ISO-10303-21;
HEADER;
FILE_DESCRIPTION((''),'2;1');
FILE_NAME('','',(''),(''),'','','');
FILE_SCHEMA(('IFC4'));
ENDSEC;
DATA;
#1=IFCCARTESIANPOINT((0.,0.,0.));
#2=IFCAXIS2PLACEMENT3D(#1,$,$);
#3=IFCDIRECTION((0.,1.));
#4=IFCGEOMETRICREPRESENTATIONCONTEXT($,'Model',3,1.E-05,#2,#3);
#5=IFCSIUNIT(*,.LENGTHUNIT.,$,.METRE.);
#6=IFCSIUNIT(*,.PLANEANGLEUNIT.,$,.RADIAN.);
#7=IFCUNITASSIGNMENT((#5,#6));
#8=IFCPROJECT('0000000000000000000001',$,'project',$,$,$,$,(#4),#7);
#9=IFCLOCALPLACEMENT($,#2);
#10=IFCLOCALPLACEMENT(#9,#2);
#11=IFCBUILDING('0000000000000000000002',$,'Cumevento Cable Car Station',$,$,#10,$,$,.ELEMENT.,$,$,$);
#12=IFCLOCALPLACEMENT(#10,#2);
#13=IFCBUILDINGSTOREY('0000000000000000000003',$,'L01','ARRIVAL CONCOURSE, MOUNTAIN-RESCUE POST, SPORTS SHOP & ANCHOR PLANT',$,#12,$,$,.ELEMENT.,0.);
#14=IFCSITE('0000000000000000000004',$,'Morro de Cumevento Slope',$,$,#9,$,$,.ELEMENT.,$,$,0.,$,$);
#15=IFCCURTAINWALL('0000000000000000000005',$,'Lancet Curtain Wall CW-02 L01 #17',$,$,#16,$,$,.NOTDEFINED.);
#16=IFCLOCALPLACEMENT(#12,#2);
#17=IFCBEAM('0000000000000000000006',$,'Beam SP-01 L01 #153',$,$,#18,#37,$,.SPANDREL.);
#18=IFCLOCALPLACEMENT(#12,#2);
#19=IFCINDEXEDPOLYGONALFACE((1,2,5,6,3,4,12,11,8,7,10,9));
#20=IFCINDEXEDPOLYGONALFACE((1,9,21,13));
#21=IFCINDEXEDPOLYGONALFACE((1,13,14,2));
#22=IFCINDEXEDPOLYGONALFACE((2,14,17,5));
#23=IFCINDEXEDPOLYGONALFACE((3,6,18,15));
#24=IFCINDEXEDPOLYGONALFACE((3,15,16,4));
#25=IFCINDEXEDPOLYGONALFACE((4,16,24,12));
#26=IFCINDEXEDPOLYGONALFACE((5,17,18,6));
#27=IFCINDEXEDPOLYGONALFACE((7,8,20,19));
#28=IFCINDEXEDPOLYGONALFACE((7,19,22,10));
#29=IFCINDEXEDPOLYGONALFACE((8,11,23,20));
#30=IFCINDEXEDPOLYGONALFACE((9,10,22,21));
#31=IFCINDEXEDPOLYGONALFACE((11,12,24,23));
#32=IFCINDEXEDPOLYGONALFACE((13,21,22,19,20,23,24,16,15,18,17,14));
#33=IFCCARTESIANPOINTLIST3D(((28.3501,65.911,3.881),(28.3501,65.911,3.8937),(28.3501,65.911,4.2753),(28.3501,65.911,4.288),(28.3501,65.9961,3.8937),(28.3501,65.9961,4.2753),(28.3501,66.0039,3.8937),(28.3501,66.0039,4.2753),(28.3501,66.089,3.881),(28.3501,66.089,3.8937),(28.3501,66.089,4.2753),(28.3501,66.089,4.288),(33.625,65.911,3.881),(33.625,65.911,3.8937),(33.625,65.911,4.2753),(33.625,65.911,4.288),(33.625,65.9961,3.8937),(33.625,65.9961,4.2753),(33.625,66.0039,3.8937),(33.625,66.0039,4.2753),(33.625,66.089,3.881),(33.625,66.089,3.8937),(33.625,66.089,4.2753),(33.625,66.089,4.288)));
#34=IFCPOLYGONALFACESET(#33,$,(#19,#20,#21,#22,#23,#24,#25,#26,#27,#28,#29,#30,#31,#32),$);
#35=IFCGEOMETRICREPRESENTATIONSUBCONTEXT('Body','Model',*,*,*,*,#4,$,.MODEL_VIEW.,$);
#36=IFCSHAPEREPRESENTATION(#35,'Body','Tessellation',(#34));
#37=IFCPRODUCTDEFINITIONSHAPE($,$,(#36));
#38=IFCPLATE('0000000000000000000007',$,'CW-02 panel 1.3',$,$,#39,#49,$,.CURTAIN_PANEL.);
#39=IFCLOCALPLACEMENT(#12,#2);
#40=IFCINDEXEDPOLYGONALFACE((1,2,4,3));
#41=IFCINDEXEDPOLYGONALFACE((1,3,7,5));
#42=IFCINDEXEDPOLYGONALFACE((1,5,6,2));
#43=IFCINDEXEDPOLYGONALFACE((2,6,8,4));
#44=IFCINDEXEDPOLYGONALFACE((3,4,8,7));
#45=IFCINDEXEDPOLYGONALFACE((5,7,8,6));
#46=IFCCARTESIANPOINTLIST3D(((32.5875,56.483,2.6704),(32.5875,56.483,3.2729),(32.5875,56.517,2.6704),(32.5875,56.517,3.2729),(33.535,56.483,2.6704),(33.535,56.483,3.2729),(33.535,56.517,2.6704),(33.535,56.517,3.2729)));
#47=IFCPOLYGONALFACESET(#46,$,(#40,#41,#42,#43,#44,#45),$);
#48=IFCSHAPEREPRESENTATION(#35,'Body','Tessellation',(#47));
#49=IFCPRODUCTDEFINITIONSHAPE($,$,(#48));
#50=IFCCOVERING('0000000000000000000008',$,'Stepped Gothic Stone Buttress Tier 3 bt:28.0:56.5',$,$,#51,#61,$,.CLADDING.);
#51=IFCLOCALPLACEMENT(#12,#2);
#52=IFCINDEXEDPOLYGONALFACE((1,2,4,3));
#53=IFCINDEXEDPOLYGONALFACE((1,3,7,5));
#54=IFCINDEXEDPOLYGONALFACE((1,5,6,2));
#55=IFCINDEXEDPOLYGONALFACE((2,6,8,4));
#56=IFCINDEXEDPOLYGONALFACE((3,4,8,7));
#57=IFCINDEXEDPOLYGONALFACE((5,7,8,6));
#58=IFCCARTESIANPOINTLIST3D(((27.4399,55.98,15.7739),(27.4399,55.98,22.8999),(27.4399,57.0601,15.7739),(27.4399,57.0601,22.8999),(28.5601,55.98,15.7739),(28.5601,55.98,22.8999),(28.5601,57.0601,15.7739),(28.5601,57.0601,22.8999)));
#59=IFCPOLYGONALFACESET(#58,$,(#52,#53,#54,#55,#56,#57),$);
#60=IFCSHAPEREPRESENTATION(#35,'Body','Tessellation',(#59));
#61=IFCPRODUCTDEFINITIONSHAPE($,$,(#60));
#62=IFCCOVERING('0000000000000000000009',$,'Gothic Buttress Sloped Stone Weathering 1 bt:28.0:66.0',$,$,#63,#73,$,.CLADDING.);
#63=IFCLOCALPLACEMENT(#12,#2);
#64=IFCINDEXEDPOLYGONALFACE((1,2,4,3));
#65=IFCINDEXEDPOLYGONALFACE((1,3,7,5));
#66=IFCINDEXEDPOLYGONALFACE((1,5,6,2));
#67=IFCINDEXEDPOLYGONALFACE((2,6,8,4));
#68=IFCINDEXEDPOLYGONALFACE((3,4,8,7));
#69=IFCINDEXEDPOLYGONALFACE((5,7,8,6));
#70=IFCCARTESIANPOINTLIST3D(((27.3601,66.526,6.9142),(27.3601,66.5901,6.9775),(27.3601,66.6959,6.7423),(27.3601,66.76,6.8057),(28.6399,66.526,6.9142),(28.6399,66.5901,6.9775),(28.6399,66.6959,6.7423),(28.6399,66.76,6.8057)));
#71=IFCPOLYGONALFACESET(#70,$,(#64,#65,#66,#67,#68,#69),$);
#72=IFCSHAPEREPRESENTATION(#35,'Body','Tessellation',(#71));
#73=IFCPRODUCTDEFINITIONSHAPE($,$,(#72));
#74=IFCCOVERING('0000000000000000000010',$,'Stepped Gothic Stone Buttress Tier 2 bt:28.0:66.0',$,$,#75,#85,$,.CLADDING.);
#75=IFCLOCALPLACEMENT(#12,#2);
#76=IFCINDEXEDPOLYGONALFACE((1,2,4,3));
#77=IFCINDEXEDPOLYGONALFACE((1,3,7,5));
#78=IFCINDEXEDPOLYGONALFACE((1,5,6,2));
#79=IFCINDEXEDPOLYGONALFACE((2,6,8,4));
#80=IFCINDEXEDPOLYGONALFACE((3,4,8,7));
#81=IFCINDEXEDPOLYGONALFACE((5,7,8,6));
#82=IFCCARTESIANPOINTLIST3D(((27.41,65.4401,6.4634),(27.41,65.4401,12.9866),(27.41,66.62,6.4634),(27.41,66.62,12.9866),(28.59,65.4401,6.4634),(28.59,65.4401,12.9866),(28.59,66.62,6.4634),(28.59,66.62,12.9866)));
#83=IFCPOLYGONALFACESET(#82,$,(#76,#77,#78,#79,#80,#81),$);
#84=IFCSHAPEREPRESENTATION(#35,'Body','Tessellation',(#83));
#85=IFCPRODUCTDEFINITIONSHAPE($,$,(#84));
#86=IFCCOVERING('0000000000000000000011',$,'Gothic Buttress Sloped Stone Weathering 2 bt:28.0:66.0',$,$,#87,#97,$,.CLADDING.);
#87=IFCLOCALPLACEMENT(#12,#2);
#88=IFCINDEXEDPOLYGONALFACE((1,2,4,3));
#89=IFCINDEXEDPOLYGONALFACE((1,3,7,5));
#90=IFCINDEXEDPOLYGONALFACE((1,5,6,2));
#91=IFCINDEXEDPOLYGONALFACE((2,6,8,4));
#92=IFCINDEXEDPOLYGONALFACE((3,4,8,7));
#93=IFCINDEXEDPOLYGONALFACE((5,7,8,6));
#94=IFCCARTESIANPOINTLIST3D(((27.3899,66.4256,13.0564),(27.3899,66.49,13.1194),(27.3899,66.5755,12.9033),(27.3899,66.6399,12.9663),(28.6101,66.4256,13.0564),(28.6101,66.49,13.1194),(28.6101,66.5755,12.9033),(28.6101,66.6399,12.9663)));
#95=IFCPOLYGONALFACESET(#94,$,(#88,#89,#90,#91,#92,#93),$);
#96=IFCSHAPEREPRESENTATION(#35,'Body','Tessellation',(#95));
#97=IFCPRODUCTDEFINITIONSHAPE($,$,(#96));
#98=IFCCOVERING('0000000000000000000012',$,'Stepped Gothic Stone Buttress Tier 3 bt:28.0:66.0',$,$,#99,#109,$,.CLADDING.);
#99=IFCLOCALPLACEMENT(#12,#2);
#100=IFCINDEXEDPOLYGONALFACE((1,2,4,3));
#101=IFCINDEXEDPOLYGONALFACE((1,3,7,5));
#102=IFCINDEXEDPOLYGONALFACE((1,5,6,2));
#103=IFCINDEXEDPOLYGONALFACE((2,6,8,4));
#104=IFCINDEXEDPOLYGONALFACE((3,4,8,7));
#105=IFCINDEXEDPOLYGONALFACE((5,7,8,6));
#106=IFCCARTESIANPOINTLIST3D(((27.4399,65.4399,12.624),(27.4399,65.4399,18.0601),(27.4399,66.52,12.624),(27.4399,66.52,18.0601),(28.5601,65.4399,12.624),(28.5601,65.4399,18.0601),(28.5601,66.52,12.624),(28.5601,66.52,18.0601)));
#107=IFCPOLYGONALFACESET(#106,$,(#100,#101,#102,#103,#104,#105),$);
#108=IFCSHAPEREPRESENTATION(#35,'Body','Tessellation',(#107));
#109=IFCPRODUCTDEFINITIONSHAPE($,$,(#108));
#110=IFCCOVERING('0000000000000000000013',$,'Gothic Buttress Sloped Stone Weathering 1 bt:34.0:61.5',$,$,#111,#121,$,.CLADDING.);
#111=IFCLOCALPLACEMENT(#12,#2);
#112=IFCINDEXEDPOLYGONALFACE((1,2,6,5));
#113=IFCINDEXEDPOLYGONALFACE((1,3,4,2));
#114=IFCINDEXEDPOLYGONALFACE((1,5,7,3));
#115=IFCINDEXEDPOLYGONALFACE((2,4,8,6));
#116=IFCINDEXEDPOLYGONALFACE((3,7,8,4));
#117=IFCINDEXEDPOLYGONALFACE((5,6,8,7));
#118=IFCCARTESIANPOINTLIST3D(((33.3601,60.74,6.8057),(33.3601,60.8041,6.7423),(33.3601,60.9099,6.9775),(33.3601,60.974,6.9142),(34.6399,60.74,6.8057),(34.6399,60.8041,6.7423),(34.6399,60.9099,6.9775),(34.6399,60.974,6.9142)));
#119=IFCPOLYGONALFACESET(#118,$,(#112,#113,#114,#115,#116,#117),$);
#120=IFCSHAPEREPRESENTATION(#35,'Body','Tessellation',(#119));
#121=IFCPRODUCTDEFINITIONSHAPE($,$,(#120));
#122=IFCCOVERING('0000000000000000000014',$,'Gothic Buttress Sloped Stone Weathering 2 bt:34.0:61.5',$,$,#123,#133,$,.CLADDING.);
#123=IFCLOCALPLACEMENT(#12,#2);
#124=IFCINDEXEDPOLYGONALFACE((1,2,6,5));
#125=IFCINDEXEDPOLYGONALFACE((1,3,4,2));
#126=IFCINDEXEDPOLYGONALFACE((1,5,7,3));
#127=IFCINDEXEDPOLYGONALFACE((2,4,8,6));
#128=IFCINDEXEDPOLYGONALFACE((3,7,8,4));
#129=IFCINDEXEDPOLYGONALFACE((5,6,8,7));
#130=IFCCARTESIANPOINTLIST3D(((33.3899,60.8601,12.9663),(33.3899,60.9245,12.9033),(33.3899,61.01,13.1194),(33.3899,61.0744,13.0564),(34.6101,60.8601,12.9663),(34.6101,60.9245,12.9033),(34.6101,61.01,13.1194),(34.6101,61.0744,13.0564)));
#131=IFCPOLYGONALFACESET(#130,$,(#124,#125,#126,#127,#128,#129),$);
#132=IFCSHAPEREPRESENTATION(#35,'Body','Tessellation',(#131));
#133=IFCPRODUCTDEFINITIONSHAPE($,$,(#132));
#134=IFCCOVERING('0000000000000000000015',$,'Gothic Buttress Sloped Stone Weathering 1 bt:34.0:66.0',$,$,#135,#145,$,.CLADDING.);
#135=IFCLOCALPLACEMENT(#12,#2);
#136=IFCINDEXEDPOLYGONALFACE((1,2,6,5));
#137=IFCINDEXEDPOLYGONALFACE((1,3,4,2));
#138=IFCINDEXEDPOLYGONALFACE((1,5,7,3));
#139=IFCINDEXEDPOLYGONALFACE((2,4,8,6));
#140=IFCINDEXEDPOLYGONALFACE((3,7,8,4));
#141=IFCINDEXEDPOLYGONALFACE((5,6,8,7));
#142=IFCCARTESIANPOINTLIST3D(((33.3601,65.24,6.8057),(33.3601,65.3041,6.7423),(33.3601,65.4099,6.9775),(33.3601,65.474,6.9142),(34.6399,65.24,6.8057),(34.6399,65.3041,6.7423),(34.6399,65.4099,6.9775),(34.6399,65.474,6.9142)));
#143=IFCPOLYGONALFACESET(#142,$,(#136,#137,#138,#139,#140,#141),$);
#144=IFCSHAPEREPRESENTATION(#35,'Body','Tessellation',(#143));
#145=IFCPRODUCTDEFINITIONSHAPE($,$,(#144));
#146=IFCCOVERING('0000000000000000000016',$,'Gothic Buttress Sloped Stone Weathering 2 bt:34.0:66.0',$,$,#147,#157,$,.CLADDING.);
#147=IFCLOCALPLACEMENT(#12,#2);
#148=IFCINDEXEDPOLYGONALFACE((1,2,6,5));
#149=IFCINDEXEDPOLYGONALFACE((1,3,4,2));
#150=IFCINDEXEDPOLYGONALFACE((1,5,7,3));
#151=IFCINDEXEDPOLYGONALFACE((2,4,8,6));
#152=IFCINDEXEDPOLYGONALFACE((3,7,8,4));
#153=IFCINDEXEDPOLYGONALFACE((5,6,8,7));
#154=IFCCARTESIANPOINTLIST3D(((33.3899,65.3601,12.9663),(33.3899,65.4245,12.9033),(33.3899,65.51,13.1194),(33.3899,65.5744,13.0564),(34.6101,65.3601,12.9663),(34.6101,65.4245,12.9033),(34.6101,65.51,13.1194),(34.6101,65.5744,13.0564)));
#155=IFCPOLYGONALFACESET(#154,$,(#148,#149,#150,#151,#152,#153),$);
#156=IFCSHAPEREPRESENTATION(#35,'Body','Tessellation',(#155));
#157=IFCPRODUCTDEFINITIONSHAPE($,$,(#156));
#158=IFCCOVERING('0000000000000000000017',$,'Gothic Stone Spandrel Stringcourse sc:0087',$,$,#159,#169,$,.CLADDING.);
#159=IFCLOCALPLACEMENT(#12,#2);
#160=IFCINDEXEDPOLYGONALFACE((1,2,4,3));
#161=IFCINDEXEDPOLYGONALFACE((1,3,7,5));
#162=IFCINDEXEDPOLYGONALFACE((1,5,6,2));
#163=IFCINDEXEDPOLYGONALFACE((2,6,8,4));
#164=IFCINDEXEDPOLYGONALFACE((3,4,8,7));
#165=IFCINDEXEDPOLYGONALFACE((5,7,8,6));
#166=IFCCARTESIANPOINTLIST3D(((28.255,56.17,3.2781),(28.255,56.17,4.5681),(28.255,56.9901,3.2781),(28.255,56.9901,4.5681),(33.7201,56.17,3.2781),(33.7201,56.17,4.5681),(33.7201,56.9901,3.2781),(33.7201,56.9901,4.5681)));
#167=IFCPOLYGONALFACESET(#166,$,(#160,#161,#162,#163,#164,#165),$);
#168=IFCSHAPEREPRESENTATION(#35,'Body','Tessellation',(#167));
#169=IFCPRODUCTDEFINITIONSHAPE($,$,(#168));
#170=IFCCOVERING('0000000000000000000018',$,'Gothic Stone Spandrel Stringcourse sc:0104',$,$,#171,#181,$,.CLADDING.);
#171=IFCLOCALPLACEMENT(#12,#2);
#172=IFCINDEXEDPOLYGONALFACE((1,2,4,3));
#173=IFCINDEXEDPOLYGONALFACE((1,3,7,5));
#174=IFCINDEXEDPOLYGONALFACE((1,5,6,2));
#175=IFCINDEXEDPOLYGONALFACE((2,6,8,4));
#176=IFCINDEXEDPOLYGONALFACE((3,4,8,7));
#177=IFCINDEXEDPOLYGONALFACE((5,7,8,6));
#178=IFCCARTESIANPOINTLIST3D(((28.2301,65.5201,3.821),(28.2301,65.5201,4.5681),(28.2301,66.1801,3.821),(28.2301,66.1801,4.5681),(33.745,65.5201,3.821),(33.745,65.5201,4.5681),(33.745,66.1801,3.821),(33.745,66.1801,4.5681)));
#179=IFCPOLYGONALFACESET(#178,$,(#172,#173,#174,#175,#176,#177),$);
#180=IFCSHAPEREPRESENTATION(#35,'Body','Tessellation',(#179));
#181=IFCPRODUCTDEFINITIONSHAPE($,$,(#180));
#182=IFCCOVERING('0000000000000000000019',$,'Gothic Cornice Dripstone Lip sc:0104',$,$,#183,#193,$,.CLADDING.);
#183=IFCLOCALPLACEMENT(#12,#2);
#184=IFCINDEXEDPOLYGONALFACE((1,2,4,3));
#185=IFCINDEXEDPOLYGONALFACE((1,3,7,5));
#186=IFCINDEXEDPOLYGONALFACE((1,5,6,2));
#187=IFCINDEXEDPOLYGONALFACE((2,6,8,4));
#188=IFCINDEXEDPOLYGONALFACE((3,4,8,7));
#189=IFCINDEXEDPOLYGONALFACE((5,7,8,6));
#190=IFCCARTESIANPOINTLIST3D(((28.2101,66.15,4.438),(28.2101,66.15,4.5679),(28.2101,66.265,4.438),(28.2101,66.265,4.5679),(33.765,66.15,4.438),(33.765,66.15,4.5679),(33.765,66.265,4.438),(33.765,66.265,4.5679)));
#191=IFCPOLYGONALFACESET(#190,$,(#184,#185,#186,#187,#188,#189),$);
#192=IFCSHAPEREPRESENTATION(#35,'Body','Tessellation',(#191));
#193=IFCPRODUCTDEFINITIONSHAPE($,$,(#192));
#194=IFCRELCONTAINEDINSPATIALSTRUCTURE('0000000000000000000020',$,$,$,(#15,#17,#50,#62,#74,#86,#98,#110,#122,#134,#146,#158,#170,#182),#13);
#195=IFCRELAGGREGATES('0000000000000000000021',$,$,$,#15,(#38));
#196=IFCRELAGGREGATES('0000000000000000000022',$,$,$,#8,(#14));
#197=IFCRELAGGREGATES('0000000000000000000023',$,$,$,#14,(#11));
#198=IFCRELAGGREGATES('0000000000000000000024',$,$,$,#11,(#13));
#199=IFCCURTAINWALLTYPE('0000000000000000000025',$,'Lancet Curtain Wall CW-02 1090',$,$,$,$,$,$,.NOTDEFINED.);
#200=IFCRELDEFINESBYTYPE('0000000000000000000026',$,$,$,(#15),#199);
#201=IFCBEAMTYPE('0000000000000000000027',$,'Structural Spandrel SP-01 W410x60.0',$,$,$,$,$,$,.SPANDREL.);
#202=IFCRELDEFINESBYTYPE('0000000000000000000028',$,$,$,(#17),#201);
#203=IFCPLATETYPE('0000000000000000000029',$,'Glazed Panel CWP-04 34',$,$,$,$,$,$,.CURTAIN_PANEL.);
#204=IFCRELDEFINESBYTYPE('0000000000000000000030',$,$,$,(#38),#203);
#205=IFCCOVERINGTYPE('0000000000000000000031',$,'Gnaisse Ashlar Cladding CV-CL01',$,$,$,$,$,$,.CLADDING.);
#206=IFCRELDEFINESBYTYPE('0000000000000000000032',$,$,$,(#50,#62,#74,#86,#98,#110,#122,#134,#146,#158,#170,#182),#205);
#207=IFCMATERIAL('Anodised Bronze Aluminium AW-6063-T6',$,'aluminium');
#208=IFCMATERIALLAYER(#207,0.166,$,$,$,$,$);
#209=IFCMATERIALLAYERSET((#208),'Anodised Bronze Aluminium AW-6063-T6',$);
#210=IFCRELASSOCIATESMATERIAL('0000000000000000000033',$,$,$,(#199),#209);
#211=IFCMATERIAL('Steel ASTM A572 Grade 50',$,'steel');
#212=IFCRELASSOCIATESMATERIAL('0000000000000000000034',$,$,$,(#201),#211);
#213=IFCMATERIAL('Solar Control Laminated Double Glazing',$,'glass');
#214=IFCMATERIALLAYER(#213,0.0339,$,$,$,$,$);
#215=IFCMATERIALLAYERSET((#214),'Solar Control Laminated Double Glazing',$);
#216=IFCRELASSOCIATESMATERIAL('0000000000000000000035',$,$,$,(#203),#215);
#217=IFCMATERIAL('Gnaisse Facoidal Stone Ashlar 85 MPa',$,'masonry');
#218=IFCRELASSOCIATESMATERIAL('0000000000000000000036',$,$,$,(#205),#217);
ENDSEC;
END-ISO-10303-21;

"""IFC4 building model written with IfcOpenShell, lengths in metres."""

from ifc_helpers import new_model, si_unit, direction, frame, origin, origin_2d, place, context, subcontext, project, spatial, polyline, rectangle, i_section, outline, extrude, material, layer, layer_set, material_profile, profile_set, type_object, element, aggregate, save


model = new_model("IFC4")

# Units and contexts
model_context = context("Model", 3, precision=1e-05, world=origin(), true_north=direction((0.0, 1.0)))
body_context = subcontext(model_context, "Body", "Model", "MODEL_VIEW")
ifc_project = project(units=[si_unit("LENGTHUNIT", "METRE"), si_unit("PLANEANGLEUNIT", "RADIAN")], contexts=[model_context])

# Site, building, storey
site_placement = place(None, origin())
site = spatial("IfcSite", under=ifc_project, at=site_placement, Name="Morro de Cumevento Slope", CompositionType="ELEMENT", RefElevation=0.0)
building_placement = place(site_placement, origin())
building = spatial("IfcBuilding", under=site, at=building_placement, Name="Cumevento Cable Car Station", CompositionType="ELEMENT")
storey_placement = place(building_placement, origin())
storey = spatial("IfcBuildingStorey", under=building, at=storey_placement, Name="L01", Description="ARRIVAL CONCOURSE, MOUNTAIN-RESCUE POST, SPORTS SHOP & ANCHOR PLANT", CompositionType="ELEMENT", Elevation=0.0)

# Curtain wall
ifc_material_1 = material(Name="Anodised Bronze Aluminium AW-6063-T6", Category="aluminium")
ifc_layer_1 = layer(ifc_material_1, 0.166)
ifc_layer_set_1 = layer_set([ifc_layer_1], Name="Anodised Bronze Aluminium AW-6063-T6")
curtain_wall_type = type_object("IfcCurtainWallType", Name="Lancet Curtain Wall CW-02 1090", PredefinedType="NOTDEFINED", material=ifc_layer_set_1)
curtain_wall_placement = place(storey_placement, origin())
curtain_wall = element("IfcCurtainWall", 1, at=curtain_wall_placement, inside=storey, type_object=curtain_wall_type, Name="Lancet Curtain Wall CW-02 L01 #17", PredefinedType="NOTDEFINED")

# Beam
ifc_material_2 = material(Name="Steel ASTM A572 Grade 50", Category="steel")
ifc_material_profile_1 = material_profile(ifc_material_2, i_section(OverallWidth=0.178, OverallDepth=0.407, WebThickness=0.0078, FlangeThickness=0.0127, at=origin_2d()), Name="W410x60.0")
ifc_profile_set_1 = profile_set([ifc_material_profile_1], Name="Steel ASTM A572 Grade 50")
beam_type_1 = type_object("IfcBeamType", Name="Structural Spandrel SP-01 W410x60.0", PredefinedType="SPANDREL", material=ifc_profile_set_1)
beam_1_placement = place(storey_placement, frame((28.3501, 66.0, 4.0845), z_axis=(1.0, 0.0, 0.0), x_axis=(0.0, 1.0, 0.0)))
element("IfcBeam", 2, at=beam_1_placement, inside=storey, type_object=beam_type_1, Name="Beam SP-01 L01 #153", PredefinedType="SPANDREL", context=body_context, shape_type="SweptSolid", body=[
    extrude(i_section(OverallWidth=0.178, OverallDepth=0.407, WebThickness=0.0078, FlangeThickness=0.0127, at=origin_2d()), origin(), (0.0, 0.0, 1.0), 5.2749),
])

# Plate
ifc_material_3 = material(Name="Solar Control Laminated Double Glazing", Category="glass")
ifc_layer_2 = layer(ifc_material_3, 0.0339)
ifc_layer_set_2 = layer_set([ifc_layer_2], Name="Solar Control Laminated Double Glazing")
plate_type = type_object("IfcPlateType", Name="Glazed Panel CWP-04 34", PredefinedType="CURTAIN_PANEL", material=ifc_layer_set_2)
plate_placement = place(storey_placement, frame((33.0613, 56.5, 2.6704), z_axis=(0.0, 0.0, 1.0), x_axis=(-1.0, 0.0, 0.0)))
plate = element("IfcPlate", 3, at=plate_placement, type_object=plate_type, Name="CW-02 panel 1.3", PredefinedType="CURTAIN_PANEL", context=body_context, shape_type="SweptSolid", body=[
    extrude(rectangle(XDim=0.9475, YDim=0.0339, at=origin_2d()), origin(), (0.0, 0.0, 1.0), 0.6025),
])
aggregate(curtain_wall, [plate])

# Coverings
ifc_material_4 = material(Name="Gnaisse Facoidal Stone Ashlar 85 MPa", Category="masonry")
covering_type = type_object("IfcCoveringType", Name="Gnaisse Ashlar Cladding CV-CL01", PredefinedType="CLADDING", material=ifc_material_4)
covering_1_placement = place(storey_placement, frame((28.0, 56.52, 15.7739), z_axis=(0.0, 0.0, 1.0), x_axis=(1.0, 0.0, 0.0)))
element("IfcCovering", 4, at=covering_1_placement, inside=storey, type_object=covering_type, Name="Stepped Gothic Stone Buttress Tier 3 bt:28.0:56.5", PredefinedType="CLADDING", context=body_context, shape_type="SweptSolid", body=[
    extrude(rectangle(XDim=1.1201, YDim=1.0801, at=origin_2d()), origin(), (0.0, 0.0, 1.0), 7.126),
])
covering_2_placement = place(storey_placement, frame((28.6399, 66.76, 6.8057), z_axis=(0.0, 0.711136, 0.703055), x_axis=(-1.0, 0.0, 0.0)))
element("IfcCovering", 5, at=covering_2_placement, inside=storey, type_object=covering_type, Name="Gothic Buttress Sloped Stone Weathering 1 bt:28.0:66.0", PredefinedType="CLADDING", context=body_context, shape_type="SweptSolid", body=[
    extrude(outline(polyline([(0.0, 0.0), (1.2798, 0.0), (1.2798, 0.2417), (0.0, 0.2417), (0.0, 0.0)])), origin(), (0.0, 0.0, -1.0), 0.0901),
])
covering_3_placement = place(storey_placement, frame((28.0, 66.03, 6.4634), z_axis=(0.0, 0.0, 1.0), x_axis=(-1.0, 0.0, 0.0)))
element("IfcCovering", 6, at=covering_3_placement, inside=storey, type_object=covering_type, Name="Stepped Gothic Stone Buttress Tier 2 bt:28.0:66.0", PredefinedType="CLADDING", context=body_context, shape_type="SweptSolid", body=[
    extrude(rectangle(XDim=1.1799, YDim=1.1799, at=origin_2d()), origin(), (0.0, 0.0, 1.0), 6.5232),
])
covering_4_placement = place(storey_placement, frame((28.6101, 66.6399, 12.9663), z_axis=(0.0, 0.714475, 0.699661), x_axis=(-1.0, 0.0, 0.0)))
element("IfcCovering", 7, at=covering_4_placement, inside=storey, type_object=covering_type, Name="Gothic Buttress Sloped Stone Weathering 2 bt:28.0:66.0", PredefinedType="CLADDING", context=body_context, shape_type="SweptSolid", body=[
    extrude(outline(polyline([(0.0, 0.0), (1.2202, 0.0), (1.2202, 0.2142), (0.0, 0.2142), (0.0, 0.0)])), origin(), (0.0, 0.0, -1.0), 0.0901),
])
covering_5_placement = place(storey_placement, frame((28.0, 65.98, 12.624), z_axis=(0.0, 0.0, 1.0), x_axis=(-1.0, 0.0, 0.0)))
element("IfcCovering", 8, at=covering_5_placement, inside=storey, type_object=covering_type, Name="Stepped Gothic Stone Buttress Tier 3 bt:28.0:66.0", PredefinedType="CLADDING", context=body_context, shape_type="SweptSolid", body=[
    extrude(rectangle(XDim=1.1201, YDim=1.0801, at=origin_2d()), origin(), (0.0, 0.0, 1.0), 5.436),
])
covering_6_placement = place(storey_placement, frame((33.3601, 60.74, 6.8057), z_axis=(0.0, -0.711136, 0.703055), x_axis=(1.0, 0.0, 0.0)))
element("IfcCovering", 9, at=covering_6_placement, inside=storey, type_object=covering_type, Name="Gothic Buttress Sloped Stone Weathering 1 bt:34.0:61.5", PredefinedType="CLADDING", context=body_context, shape_type="SweptSolid", body=[
    extrude(outline(polyline([(0.0, 0.0), (1.2798, 0.0), (1.2798, 0.2417), (0.0, 0.2417), (0.0, 0.0)])), origin(), (0.0, 0.0, -1.0), 0.0901),
])
covering_7_placement = place(storey_placement, frame((33.3899, 60.8601, 12.9663), z_axis=(0.0, -0.714475, 0.699661), x_axis=(1.0, 0.0, 0.0)))
element("IfcCovering", 10, at=covering_7_placement, inside=storey, type_object=covering_type, Name="Gothic Buttress Sloped Stone Weathering 2 bt:34.0:61.5", PredefinedType="CLADDING", context=body_context, shape_type="SweptSolid", body=[
    extrude(outline(polyline([(0.0, 0.0), (1.2202, 0.0), (1.2202, 0.2142), (0.0, 0.2142), (0.0, 0.0)])), origin(), (0.0, 0.0, -1.0), 0.0901),
])
covering_8_placement = place(storey_placement, frame((33.3601, 65.24, 6.8057), z_axis=(0.0, -0.711136, 0.703055), x_axis=(1.0, 0.0, 0.0)))
element("IfcCovering", 11, at=covering_8_placement, inside=storey, type_object=covering_type, Name="Gothic Buttress Sloped Stone Weathering 1 bt:34.0:66.0", PredefinedType="CLADDING", context=body_context, shape_type="SweptSolid", body=[
    extrude(outline(polyline([(0.0, 0.0), (1.2798, 0.0), (1.2798, 0.2417), (0.0, 0.2417), (0.0, 0.0)])), origin(), (0.0, 0.0, -1.0), 0.0901),
])
covering_9_placement = place(storey_placement, frame((33.3899, 65.3601, 12.9663), z_axis=(0.0, -0.714475, 0.699661), x_axis=(1.0, 0.0, 0.0)))
element("IfcCovering", 12, at=covering_9_placement, inside=storey, type_object=covering_type, Name="Gothic Buttress Sloped Stone Weathering 2 bt:34.0:66.0", PredefinedType="CLADDING", context=body_context, shape_type="SweptSolid", body=[
    extrude(outline(polyline([(0.0, 0.0), (1.2202, 0.0), (1.2202, 0.2142), (0.0, 0.2142), (0.0, 0.0)])), origin(), (0.0, 0.0, -1.0), 0.0901),
])
covering_10_placement = place(storey_placement, frame((30.9875, 56.5801, 3.2781), z_axis=(0.0, 0.0, 1.0), x_axis=(-1.0, 0.0, 0.0)))
element("IfcCovering", 13, at=covering_10_placement, inside=storey, type_object=covering_type, Name="Gothic Stone Spandrel Stringcourse sc:0087", PredefinedType="CLADDING", context=body_context, shape_type="SweptSolid", body=[
    extrude(rectangle(XDim=5.4651, YDim=0.8201, at=origin_2d()), origin(), (0.0, 0.0, 1.0), 1.29),
])
covering_11_placement = place(storey_placement, frame((30.9875, 65.8501, 3.821), z_axis=(0.0, 0.0, 1.0), x_axis=(1.0, 0.0, 0.0)))
element("IfcCovering", 14, at=covering_11_placement, inside=storey, type_object=covering_type, Name="Gothic Stone Spandrel Stringcourse sc:0104", PredefinedType="CLADDING", context=body_context, shape_type="SweptSolid", body=[
    extrude(rectangle(XDim=5.5149, YDim=0.6599, at=origin_2d()), origin(), (0.0, 0.0, 1.0), 0.7471),
])
covering_12_placement = place(storey_placement, frame((30.9875, 66.2075, 4.438), z_axis=(0.0, 0.0, 1.0), x_axis=(1.0, 0.0, 0.0)))
element("IfcCovering", 15, at=covering_12_placement, inside=storey, type_object=covering_type, Name="Gothic Cornice Dripstone Lip sc:0104", PredefinedType="CLADDING", context=body_context, shape_type="SweptSolid", body=[
    extrude(rectangle(XDim=5.5549, YDim=0.115, at=origin_2d()), origin(), (0.0, 0.0, 1.0), 0.1299),
])

save(model, "model.ifc")
